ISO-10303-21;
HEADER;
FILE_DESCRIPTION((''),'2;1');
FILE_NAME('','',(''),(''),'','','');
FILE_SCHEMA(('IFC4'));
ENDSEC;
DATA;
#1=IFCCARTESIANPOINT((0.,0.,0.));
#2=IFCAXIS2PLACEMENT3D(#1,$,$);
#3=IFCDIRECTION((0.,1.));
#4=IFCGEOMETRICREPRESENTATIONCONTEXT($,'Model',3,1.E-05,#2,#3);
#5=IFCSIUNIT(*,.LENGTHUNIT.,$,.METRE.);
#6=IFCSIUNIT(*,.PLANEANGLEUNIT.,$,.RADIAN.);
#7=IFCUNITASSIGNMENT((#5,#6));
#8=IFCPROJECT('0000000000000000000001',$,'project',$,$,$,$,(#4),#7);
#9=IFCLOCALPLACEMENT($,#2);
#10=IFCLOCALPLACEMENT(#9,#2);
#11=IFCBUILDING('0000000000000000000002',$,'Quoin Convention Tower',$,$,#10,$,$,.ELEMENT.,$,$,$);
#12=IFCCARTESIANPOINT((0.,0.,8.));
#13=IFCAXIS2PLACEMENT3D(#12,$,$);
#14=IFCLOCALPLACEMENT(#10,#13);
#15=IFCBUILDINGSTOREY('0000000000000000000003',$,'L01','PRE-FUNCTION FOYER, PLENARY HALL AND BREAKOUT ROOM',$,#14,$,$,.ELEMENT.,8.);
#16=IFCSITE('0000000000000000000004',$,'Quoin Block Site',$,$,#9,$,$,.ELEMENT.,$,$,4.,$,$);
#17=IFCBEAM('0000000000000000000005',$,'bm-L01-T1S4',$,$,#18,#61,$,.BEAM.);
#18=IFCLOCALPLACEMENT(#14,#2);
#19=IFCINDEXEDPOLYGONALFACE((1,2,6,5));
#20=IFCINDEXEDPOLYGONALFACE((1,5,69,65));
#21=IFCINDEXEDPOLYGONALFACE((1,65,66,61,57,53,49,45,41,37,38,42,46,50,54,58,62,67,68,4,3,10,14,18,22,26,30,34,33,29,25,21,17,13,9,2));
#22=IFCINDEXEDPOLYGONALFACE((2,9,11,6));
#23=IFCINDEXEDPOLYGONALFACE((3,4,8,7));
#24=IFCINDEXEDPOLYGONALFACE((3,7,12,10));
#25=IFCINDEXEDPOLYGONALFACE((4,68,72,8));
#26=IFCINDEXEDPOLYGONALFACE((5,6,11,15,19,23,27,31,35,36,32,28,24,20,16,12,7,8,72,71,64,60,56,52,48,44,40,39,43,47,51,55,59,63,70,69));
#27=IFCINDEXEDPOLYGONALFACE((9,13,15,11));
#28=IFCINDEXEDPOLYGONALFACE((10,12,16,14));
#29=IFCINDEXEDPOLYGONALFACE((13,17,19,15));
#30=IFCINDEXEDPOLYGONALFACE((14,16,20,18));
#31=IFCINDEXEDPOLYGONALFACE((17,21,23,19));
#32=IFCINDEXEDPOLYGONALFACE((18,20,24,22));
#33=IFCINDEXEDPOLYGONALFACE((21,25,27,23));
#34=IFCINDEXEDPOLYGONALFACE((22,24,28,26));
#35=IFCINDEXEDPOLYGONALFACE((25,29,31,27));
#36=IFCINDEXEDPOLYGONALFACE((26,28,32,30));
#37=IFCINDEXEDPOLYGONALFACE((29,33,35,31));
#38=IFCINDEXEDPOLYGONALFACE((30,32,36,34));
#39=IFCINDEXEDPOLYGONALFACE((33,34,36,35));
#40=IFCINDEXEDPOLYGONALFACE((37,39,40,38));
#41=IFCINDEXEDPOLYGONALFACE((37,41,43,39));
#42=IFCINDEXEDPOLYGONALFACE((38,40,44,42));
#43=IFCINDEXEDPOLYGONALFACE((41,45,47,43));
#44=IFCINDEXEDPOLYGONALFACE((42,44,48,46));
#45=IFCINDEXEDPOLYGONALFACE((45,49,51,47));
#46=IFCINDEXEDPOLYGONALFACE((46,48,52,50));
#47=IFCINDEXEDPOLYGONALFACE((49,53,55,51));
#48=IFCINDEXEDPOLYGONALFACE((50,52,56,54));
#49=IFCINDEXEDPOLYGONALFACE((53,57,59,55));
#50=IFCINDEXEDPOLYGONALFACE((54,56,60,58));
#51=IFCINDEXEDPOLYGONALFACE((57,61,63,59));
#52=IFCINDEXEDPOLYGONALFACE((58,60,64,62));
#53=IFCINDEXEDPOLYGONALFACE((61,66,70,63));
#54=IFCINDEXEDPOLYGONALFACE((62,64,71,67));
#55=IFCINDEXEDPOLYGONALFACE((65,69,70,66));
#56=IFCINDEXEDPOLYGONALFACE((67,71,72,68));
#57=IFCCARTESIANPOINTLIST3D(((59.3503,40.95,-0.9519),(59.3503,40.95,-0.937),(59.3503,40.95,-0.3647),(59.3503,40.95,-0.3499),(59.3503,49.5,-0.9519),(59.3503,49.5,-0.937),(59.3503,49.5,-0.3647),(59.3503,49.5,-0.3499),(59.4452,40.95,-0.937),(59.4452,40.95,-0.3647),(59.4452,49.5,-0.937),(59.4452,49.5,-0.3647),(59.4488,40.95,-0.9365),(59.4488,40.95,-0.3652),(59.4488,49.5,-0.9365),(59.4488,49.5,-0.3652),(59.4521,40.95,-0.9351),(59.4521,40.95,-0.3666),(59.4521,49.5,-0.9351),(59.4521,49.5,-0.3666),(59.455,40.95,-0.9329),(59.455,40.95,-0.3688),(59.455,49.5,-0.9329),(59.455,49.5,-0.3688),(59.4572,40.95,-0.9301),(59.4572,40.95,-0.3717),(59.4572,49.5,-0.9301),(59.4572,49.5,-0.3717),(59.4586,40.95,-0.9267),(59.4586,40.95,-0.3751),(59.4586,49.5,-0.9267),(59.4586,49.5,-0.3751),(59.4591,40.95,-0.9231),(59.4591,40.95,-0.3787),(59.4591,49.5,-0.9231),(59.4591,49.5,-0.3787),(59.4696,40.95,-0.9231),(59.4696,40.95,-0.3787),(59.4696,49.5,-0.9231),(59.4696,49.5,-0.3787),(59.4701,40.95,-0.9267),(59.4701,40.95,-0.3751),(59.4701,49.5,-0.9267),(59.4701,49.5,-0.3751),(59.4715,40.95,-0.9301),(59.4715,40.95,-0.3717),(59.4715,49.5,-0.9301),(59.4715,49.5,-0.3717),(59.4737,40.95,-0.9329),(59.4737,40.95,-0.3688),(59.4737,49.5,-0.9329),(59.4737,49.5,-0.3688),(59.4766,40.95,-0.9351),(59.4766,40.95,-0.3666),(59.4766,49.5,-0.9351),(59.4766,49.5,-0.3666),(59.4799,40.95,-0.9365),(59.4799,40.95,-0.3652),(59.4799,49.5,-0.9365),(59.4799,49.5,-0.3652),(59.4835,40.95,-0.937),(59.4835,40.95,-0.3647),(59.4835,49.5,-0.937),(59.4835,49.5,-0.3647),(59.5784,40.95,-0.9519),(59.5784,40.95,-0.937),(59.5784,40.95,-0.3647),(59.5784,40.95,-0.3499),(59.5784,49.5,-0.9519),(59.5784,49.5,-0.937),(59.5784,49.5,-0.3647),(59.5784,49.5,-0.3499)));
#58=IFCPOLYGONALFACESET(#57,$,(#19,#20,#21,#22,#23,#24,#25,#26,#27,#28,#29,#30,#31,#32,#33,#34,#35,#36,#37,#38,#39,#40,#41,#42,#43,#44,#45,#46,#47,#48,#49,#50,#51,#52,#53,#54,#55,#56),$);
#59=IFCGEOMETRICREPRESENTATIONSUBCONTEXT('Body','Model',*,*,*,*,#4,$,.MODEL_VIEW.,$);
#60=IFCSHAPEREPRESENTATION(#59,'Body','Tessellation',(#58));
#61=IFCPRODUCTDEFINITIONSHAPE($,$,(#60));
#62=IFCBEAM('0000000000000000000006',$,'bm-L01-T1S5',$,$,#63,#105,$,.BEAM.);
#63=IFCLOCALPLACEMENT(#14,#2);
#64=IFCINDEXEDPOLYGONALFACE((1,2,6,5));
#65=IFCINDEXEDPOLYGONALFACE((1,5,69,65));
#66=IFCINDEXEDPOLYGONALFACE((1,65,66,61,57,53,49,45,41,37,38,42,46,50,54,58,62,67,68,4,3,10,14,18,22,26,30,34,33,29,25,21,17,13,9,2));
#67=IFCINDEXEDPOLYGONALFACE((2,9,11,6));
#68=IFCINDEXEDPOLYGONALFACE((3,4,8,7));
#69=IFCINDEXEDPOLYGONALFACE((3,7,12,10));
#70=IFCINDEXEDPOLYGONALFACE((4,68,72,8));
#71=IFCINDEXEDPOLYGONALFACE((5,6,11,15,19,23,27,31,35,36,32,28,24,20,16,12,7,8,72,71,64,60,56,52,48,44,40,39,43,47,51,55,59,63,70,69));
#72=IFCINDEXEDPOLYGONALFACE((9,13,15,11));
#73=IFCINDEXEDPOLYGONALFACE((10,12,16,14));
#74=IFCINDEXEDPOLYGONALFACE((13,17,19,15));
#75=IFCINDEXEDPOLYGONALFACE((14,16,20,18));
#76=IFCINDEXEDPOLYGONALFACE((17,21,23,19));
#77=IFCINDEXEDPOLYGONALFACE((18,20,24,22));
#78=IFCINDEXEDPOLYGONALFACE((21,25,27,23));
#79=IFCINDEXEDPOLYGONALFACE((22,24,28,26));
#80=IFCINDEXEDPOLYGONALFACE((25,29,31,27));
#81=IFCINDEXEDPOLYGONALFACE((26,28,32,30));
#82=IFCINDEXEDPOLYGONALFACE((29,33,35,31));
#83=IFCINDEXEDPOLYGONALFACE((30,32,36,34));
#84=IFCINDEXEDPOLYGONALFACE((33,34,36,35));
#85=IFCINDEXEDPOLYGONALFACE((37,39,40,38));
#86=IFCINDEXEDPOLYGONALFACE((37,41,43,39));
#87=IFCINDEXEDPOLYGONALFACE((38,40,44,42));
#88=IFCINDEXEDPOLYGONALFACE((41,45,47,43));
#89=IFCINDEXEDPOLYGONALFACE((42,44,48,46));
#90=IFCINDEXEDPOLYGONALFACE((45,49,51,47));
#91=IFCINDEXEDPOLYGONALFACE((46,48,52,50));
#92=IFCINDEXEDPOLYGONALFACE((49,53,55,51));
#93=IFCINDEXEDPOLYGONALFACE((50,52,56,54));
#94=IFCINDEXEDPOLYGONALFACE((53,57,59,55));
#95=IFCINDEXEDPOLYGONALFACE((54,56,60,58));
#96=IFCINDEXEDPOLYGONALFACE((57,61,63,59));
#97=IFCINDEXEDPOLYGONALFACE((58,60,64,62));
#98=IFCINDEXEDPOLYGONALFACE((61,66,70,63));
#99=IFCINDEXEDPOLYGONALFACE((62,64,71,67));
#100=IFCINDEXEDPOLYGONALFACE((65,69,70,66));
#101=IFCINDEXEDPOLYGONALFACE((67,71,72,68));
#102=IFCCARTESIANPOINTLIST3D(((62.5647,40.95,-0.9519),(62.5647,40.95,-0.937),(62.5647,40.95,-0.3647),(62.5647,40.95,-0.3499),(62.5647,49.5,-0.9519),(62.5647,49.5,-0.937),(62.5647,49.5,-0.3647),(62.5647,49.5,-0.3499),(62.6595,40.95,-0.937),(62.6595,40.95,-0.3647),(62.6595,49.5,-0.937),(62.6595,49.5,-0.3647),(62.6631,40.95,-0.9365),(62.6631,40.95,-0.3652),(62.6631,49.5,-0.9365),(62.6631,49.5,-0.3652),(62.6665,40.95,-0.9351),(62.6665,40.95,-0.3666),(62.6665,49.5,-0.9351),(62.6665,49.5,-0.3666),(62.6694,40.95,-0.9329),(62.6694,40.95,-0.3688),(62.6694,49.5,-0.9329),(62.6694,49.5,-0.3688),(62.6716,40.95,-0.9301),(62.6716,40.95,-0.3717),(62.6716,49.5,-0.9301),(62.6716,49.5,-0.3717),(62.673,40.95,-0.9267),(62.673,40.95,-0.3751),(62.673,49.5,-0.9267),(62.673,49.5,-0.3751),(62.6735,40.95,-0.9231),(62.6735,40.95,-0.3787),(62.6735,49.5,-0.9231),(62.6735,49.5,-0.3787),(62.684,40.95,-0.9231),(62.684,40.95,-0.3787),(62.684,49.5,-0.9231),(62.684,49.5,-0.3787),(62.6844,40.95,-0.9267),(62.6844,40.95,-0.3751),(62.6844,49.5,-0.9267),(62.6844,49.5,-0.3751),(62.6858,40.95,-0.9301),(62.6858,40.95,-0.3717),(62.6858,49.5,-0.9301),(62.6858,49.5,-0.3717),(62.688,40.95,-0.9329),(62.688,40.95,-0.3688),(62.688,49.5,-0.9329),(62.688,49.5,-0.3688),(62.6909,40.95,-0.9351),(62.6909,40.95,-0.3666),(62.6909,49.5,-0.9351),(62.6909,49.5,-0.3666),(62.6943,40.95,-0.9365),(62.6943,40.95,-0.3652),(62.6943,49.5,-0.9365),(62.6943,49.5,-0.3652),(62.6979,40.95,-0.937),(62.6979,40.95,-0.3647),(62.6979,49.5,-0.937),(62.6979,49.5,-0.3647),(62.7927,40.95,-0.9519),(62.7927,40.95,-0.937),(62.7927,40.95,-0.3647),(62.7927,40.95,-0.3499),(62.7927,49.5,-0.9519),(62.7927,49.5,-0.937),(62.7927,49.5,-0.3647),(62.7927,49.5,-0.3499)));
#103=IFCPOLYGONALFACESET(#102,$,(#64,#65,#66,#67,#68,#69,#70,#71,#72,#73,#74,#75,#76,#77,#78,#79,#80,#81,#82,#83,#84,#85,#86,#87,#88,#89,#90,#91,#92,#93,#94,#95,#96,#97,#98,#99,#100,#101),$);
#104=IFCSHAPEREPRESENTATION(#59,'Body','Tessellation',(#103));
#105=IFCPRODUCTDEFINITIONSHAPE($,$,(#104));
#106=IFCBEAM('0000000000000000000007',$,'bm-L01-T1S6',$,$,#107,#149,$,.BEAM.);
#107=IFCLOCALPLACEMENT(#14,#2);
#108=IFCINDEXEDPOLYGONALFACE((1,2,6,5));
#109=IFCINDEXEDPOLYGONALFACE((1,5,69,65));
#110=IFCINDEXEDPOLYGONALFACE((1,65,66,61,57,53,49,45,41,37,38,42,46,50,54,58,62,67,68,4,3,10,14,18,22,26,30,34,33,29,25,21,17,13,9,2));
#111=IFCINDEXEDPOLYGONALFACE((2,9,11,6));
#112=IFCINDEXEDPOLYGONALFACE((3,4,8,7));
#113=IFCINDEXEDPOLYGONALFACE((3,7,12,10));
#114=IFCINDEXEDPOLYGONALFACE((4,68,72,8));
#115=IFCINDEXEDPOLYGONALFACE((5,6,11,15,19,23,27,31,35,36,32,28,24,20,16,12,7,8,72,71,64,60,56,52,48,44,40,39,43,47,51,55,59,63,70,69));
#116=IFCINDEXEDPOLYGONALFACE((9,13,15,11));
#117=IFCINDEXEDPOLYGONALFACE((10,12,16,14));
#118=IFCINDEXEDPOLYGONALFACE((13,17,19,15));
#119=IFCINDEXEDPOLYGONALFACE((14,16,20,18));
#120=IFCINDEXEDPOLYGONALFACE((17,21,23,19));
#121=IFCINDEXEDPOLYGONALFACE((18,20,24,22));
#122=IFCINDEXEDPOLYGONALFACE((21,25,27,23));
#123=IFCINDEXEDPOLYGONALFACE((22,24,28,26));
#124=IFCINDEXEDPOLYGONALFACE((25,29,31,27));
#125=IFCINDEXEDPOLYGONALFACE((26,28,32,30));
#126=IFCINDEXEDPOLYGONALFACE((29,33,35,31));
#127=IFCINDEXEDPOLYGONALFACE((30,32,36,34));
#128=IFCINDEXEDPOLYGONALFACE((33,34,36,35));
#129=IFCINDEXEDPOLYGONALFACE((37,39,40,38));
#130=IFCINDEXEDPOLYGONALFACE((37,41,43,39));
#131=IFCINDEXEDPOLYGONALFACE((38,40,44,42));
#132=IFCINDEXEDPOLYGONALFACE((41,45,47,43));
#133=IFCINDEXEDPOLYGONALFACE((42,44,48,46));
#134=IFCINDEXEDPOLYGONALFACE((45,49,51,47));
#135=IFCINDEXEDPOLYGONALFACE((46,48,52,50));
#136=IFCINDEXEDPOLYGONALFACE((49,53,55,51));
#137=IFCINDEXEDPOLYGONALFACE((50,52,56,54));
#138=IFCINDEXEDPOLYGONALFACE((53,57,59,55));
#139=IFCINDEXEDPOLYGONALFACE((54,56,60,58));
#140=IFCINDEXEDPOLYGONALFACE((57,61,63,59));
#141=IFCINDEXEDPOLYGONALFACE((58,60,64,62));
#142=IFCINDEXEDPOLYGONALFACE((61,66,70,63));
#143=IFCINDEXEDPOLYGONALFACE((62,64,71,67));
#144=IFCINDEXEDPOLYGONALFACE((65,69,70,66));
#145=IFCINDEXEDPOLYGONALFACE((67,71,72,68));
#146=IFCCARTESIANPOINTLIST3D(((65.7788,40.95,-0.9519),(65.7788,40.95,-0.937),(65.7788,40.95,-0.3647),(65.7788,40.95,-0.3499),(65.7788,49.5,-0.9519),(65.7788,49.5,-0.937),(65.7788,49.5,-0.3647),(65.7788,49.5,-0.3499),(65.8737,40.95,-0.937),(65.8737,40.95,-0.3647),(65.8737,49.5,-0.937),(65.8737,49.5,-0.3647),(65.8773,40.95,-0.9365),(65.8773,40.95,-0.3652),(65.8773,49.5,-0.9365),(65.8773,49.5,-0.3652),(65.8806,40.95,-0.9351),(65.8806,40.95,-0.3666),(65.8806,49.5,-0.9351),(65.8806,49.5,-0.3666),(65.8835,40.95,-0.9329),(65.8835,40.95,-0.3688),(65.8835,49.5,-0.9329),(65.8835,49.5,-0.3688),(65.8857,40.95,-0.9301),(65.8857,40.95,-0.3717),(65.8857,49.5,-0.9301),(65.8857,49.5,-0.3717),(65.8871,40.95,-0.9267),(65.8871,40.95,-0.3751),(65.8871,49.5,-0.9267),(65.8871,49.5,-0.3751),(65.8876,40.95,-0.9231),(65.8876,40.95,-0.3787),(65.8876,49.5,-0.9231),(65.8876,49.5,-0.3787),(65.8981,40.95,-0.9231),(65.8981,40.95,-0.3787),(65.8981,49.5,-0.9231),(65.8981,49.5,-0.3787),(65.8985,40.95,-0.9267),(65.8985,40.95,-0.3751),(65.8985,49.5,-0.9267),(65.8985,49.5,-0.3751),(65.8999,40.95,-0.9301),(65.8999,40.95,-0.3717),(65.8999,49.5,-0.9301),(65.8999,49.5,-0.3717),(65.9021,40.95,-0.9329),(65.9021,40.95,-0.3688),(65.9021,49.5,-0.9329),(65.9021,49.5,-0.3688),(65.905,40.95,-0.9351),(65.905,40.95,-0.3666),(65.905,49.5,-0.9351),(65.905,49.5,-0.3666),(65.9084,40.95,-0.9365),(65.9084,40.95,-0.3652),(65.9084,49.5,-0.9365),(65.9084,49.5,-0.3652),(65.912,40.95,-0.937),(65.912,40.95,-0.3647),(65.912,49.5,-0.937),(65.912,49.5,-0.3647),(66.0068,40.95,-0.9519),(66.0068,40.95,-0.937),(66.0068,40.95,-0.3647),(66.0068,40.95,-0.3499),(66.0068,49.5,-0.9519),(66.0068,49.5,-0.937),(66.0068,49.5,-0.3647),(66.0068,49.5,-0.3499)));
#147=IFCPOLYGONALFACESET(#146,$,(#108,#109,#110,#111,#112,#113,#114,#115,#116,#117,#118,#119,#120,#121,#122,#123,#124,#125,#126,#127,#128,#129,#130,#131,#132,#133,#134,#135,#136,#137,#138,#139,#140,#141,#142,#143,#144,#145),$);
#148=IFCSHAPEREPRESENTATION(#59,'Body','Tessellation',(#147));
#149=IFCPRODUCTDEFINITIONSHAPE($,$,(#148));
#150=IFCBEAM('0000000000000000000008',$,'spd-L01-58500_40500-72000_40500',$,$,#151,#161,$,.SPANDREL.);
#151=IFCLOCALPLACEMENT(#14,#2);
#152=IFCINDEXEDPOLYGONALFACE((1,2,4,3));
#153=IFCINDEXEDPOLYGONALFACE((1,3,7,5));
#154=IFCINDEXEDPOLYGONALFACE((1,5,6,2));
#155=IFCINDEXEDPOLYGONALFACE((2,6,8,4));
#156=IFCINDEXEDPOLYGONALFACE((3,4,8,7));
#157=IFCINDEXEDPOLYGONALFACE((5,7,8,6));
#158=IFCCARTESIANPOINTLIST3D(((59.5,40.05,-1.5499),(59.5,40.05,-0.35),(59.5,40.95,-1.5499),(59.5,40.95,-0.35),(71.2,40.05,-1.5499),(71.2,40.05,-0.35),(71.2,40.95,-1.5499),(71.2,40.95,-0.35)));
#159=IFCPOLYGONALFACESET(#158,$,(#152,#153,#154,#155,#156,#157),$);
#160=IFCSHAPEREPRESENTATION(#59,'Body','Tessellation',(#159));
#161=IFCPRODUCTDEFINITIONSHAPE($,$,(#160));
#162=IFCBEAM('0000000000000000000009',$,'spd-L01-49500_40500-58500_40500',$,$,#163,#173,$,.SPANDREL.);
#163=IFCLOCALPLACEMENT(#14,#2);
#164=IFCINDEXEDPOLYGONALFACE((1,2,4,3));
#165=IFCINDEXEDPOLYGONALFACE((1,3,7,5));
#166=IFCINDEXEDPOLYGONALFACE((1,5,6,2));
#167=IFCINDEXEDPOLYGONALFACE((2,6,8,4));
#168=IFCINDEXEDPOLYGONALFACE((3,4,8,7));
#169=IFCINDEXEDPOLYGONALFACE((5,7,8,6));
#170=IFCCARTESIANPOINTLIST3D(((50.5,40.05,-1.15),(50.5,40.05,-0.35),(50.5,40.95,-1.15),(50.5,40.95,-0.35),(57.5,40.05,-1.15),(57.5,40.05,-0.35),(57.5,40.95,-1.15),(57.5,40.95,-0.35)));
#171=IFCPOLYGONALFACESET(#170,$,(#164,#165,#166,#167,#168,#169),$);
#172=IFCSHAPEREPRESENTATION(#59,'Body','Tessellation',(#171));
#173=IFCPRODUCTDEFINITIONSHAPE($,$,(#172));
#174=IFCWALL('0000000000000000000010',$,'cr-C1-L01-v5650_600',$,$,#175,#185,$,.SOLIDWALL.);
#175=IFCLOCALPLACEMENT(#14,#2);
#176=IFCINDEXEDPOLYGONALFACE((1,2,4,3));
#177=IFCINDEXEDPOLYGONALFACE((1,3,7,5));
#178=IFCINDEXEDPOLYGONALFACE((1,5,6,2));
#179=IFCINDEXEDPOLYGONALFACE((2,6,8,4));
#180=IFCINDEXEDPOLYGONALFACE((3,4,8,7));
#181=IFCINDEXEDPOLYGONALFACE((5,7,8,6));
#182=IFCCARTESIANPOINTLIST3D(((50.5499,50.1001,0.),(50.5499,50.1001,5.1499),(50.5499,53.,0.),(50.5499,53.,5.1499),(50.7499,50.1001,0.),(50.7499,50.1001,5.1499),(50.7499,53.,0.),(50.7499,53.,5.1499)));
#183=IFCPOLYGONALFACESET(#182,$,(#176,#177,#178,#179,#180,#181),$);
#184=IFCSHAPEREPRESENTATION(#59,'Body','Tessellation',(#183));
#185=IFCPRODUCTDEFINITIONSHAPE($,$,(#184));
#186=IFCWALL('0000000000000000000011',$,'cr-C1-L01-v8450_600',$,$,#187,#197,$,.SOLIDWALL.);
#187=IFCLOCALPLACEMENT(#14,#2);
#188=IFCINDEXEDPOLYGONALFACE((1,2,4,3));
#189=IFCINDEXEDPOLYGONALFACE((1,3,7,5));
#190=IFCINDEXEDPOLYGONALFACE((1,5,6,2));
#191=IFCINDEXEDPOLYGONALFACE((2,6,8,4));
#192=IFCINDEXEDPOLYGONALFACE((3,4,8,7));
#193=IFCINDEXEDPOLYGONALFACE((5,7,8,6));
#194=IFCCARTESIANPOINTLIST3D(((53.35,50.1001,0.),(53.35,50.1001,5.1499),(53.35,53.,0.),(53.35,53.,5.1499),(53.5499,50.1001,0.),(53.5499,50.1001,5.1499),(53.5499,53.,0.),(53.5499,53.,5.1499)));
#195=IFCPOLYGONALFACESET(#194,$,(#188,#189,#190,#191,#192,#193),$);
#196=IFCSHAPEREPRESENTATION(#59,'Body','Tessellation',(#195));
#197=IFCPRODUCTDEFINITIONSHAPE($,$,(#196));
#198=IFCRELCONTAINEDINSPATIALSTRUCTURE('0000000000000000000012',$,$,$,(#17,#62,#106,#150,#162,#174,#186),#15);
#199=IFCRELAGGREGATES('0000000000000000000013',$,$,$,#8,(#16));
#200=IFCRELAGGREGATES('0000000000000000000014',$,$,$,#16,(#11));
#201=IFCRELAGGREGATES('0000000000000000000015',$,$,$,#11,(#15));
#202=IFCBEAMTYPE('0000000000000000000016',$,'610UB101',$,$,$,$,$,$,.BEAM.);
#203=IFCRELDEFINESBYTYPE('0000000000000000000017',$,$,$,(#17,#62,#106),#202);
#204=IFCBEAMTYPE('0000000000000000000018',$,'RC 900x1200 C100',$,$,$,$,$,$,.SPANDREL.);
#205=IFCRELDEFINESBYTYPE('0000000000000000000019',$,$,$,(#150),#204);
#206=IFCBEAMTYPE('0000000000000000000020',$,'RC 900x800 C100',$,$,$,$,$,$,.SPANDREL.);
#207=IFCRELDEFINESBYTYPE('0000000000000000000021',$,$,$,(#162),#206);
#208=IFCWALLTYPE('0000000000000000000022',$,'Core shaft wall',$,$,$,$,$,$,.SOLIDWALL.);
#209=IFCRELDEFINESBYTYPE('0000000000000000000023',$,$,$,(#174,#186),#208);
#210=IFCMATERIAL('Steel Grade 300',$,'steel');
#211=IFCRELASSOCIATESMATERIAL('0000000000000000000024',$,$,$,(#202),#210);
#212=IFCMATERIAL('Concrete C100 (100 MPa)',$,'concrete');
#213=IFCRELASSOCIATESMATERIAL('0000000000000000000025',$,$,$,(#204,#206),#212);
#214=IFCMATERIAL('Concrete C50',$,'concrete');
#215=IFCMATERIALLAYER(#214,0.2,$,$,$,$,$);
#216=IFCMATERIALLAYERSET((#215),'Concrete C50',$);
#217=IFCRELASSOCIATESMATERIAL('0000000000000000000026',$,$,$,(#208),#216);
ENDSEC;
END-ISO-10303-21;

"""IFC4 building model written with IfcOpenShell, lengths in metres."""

from ifc_helpers import new_model, si_unit, direction, frame, frame_2d, origin, origin_2d, place, context, subcontext, project, spatial, rectangle, i_section, extrude, material, layer, layer_set, material_profile, profile_set, type_object, element, save


model = new_model("IFC4")

# Units and contexts
model_context = context("Model", 3, precision=1e-05, world=origin(), true_north=direction((0.0, 1.0)))
body_context = subcontext(model_context, "Body", "Model", "MODEL_VIEW")
ifc_project = project(units=[si_unit("LENGTHUNIT", "METRE"), si_unit("PLANEANGLEUNIT", "RADIAN")], contexts=[model_context])

# Site, building, storey
site_placement = place(None, origin())
site = spatial("IfcSite", under=ifc_project, at=site_placement, Name="Quoin Block Site", CompositionType="ELEMENT", RefElevation=4.0)
building_placement = place(site_placement, origin())
building = spatial("IfcBuilding", under=site, at=building_placement, Name="Quoin Convention Tower", CompositionType="ELEMENT")
storey_placement = place(building_placement, frame((0.0, 0.0, 8.0)))
storey = spatial("IfcBuildingStorey", under=building, at=storey_placement, Name="L01", Description="PRE-FUNCTION FOYER, PLENARY HALL AND BREAKOUT ROOM", CompositionType="ELEMENT", Elevation=8.0)

# Shared definitions
ifc_material_1 = material(Name="Concrete C100 (100 MPa)", Category="concrete")

# Beams
ifc_material_2 = material(Name="Steel Grade 300", Category="steel")
ifc_material_profile_1 = material_profile(ifc_material_2, i_section(OverallWidth=0.228, OverallDepth=0.6021, WebThickness=0.0105, FlangeThickness=0.0149, FilletRadius=0.0139, at=origin_2d()), Name="610UB101")
ifc_profile_set_1 = profile_set([ifc_material_profile_1], Name="Steel Grade 300")
beam_type_1 = type_object("IfcBeamType", Name="610UB101", PredefinedType="BEAM", material=ifc_profile_set_1)
for number, where, z_axis, x_axis, name in (
    (1, (59.4644, 40.95, -0.6509), (0.0, 1.0, 0.0), (-1.0, 0.0, 0.0), "bm-L01-T1S4"),
    (2, (62.6787, 40.95, -0.6509), (0.0, 1.0, 0.0), (-1.0, 0.0, 0.0), "bm-L01-T1S5"),
    (3, (65.8928, 40.95, -0.6509), (0.0, 1.0, 0.0), (-1.0, 0.0, 0.0), "bm-L01-T1S6"),
):
    element("IfcBeam", number, at=place(storey_placement, frame(where, z_axis=z_axis, x_axis=x_axis)), inside=storey, type_object=beam_type_1, Name=name, PredefinedType="BEAM", context=body_context, shape_type="SweptSolid", body=[
        extrude(i_section(OverallWidth=0.228, OverallDepth=0.6021, WebThickness=0.0105, FlangeThickness=0.0149, FilletRadius=0.0139, at=origin_2d()), origin(), (0.0, 0.0, 1.0), 8.55),
    ])
ifc_material_profile_2 = material_profile(ifc_material_1, rectangle(XDim=0.8999, YDim=1.2, at=origin_2d()), Name="RC 900x1200")
ifc_profile_set_2 = profile_set([ifc_material_profile_2], Name="Concrete C100 (100 MPa)")
beam_type_2 = type_object("IfcBeamType", Name="RC 900x1200 C100", PredefinedType="SPANDREL", material=ifc_profile_set_2)
beam_1_placement = place(storey_placement, frame((59.5, 40.5, -0.95), z_axis=(1.0, 0.0, 0.0), x_axis=(0.0, 1.0, 0.0)))
element("IfcBeam", 4, at=beam_1_placement, inside=storey, type_object=beam_type_2, Name="spd-L01-58500_40500-72000_40500", PredefinedType="SPANDREL", context=body_context, shape_type="SweptSolid", body=[
    extrude(rectangle(XDim=0.8999, YDim=1.2, at=origin_2d()), origin(), (0.0, 0.0, 1.0), 11.7),
])
ifc_material_profile_3 = material_profile(ifc_material_1, rectangle(XDim=0.8999, YDim=0.8, at=origin_2d()), Name="RC 900x800")
ifc_profile_set_3 = profile_set([ifc_material_profile_3], Name="Concrete C100 (100 MPa)")
beam_type_3 = type_object("IfcBeamType", Name="RC 900x800 C100", PredefinedType="SPANDREL", material=ifc_profile_set_3)
beam_2_placement = place(storey_placement, frame((50.5, 40.5, -0.75), z_axis=(1.0, 0.0, 0.0), x_axis=(0.0, 1.0, 0.0)))
element("IfcBeam", 5, at=beam_2_placement, inside=storey, type_object=beam_type_3, Name="spd-L01-49500_40500-58500_40500", PredefinedType="SPANDREL", context=body_context, shape_type="SweptSolid", body=[
    extrude(rectangle(XDim=0.8999, YDim=0.8, at=origin_2d()), origin(), (0.0, 0.0, 1.0), 7.0),
])

# Walls
ifc_material_3 = material(Name="Concrete C50", Category="concrete")
ifc_layer_1 = layer(ifc_material_3, 0.2)
ifc_layer_set_1 = layer_set([ifc_layer_1], Name="Concrete C50")
wall_type_1 = type_object("IfcWallType", Name="Core shaft wall", PredefinedType="SOLIDWALL", material=ifc_layer_set_1)
for number, where, z_axis, x_axis, name in (
    (6, (50.6499, 50.1001, 0.0), (0.0, 0.0, 1.0), (0.0, 1.0, 0.0), "cr-C1-L01-v5650_600"),
    (7, (53.45, 50.1001, 0.0), (0.0, 0.0, 1.0), (0.0, 1.0, 0.0), "cr-C1-L01-v8450_600"),
):
    element("IfcWall", number, at=place(storey_placement, frame(where, z_axis=z_axis, x_axis=x_axis)), inside=storey, type_object=wall_type_1, Name=name, PredefinedType="SOLIDWALL", context=body_context, shape_type="SweptSolid", body=[
        extrude(rectangle(XDim=2.8999, YDim=0.2, at=frame_2d((1.45, 0.0))), origin(), (0.0, 0.0, 1.0), 5.1499),
    ])

save(model, "model.ifc")
